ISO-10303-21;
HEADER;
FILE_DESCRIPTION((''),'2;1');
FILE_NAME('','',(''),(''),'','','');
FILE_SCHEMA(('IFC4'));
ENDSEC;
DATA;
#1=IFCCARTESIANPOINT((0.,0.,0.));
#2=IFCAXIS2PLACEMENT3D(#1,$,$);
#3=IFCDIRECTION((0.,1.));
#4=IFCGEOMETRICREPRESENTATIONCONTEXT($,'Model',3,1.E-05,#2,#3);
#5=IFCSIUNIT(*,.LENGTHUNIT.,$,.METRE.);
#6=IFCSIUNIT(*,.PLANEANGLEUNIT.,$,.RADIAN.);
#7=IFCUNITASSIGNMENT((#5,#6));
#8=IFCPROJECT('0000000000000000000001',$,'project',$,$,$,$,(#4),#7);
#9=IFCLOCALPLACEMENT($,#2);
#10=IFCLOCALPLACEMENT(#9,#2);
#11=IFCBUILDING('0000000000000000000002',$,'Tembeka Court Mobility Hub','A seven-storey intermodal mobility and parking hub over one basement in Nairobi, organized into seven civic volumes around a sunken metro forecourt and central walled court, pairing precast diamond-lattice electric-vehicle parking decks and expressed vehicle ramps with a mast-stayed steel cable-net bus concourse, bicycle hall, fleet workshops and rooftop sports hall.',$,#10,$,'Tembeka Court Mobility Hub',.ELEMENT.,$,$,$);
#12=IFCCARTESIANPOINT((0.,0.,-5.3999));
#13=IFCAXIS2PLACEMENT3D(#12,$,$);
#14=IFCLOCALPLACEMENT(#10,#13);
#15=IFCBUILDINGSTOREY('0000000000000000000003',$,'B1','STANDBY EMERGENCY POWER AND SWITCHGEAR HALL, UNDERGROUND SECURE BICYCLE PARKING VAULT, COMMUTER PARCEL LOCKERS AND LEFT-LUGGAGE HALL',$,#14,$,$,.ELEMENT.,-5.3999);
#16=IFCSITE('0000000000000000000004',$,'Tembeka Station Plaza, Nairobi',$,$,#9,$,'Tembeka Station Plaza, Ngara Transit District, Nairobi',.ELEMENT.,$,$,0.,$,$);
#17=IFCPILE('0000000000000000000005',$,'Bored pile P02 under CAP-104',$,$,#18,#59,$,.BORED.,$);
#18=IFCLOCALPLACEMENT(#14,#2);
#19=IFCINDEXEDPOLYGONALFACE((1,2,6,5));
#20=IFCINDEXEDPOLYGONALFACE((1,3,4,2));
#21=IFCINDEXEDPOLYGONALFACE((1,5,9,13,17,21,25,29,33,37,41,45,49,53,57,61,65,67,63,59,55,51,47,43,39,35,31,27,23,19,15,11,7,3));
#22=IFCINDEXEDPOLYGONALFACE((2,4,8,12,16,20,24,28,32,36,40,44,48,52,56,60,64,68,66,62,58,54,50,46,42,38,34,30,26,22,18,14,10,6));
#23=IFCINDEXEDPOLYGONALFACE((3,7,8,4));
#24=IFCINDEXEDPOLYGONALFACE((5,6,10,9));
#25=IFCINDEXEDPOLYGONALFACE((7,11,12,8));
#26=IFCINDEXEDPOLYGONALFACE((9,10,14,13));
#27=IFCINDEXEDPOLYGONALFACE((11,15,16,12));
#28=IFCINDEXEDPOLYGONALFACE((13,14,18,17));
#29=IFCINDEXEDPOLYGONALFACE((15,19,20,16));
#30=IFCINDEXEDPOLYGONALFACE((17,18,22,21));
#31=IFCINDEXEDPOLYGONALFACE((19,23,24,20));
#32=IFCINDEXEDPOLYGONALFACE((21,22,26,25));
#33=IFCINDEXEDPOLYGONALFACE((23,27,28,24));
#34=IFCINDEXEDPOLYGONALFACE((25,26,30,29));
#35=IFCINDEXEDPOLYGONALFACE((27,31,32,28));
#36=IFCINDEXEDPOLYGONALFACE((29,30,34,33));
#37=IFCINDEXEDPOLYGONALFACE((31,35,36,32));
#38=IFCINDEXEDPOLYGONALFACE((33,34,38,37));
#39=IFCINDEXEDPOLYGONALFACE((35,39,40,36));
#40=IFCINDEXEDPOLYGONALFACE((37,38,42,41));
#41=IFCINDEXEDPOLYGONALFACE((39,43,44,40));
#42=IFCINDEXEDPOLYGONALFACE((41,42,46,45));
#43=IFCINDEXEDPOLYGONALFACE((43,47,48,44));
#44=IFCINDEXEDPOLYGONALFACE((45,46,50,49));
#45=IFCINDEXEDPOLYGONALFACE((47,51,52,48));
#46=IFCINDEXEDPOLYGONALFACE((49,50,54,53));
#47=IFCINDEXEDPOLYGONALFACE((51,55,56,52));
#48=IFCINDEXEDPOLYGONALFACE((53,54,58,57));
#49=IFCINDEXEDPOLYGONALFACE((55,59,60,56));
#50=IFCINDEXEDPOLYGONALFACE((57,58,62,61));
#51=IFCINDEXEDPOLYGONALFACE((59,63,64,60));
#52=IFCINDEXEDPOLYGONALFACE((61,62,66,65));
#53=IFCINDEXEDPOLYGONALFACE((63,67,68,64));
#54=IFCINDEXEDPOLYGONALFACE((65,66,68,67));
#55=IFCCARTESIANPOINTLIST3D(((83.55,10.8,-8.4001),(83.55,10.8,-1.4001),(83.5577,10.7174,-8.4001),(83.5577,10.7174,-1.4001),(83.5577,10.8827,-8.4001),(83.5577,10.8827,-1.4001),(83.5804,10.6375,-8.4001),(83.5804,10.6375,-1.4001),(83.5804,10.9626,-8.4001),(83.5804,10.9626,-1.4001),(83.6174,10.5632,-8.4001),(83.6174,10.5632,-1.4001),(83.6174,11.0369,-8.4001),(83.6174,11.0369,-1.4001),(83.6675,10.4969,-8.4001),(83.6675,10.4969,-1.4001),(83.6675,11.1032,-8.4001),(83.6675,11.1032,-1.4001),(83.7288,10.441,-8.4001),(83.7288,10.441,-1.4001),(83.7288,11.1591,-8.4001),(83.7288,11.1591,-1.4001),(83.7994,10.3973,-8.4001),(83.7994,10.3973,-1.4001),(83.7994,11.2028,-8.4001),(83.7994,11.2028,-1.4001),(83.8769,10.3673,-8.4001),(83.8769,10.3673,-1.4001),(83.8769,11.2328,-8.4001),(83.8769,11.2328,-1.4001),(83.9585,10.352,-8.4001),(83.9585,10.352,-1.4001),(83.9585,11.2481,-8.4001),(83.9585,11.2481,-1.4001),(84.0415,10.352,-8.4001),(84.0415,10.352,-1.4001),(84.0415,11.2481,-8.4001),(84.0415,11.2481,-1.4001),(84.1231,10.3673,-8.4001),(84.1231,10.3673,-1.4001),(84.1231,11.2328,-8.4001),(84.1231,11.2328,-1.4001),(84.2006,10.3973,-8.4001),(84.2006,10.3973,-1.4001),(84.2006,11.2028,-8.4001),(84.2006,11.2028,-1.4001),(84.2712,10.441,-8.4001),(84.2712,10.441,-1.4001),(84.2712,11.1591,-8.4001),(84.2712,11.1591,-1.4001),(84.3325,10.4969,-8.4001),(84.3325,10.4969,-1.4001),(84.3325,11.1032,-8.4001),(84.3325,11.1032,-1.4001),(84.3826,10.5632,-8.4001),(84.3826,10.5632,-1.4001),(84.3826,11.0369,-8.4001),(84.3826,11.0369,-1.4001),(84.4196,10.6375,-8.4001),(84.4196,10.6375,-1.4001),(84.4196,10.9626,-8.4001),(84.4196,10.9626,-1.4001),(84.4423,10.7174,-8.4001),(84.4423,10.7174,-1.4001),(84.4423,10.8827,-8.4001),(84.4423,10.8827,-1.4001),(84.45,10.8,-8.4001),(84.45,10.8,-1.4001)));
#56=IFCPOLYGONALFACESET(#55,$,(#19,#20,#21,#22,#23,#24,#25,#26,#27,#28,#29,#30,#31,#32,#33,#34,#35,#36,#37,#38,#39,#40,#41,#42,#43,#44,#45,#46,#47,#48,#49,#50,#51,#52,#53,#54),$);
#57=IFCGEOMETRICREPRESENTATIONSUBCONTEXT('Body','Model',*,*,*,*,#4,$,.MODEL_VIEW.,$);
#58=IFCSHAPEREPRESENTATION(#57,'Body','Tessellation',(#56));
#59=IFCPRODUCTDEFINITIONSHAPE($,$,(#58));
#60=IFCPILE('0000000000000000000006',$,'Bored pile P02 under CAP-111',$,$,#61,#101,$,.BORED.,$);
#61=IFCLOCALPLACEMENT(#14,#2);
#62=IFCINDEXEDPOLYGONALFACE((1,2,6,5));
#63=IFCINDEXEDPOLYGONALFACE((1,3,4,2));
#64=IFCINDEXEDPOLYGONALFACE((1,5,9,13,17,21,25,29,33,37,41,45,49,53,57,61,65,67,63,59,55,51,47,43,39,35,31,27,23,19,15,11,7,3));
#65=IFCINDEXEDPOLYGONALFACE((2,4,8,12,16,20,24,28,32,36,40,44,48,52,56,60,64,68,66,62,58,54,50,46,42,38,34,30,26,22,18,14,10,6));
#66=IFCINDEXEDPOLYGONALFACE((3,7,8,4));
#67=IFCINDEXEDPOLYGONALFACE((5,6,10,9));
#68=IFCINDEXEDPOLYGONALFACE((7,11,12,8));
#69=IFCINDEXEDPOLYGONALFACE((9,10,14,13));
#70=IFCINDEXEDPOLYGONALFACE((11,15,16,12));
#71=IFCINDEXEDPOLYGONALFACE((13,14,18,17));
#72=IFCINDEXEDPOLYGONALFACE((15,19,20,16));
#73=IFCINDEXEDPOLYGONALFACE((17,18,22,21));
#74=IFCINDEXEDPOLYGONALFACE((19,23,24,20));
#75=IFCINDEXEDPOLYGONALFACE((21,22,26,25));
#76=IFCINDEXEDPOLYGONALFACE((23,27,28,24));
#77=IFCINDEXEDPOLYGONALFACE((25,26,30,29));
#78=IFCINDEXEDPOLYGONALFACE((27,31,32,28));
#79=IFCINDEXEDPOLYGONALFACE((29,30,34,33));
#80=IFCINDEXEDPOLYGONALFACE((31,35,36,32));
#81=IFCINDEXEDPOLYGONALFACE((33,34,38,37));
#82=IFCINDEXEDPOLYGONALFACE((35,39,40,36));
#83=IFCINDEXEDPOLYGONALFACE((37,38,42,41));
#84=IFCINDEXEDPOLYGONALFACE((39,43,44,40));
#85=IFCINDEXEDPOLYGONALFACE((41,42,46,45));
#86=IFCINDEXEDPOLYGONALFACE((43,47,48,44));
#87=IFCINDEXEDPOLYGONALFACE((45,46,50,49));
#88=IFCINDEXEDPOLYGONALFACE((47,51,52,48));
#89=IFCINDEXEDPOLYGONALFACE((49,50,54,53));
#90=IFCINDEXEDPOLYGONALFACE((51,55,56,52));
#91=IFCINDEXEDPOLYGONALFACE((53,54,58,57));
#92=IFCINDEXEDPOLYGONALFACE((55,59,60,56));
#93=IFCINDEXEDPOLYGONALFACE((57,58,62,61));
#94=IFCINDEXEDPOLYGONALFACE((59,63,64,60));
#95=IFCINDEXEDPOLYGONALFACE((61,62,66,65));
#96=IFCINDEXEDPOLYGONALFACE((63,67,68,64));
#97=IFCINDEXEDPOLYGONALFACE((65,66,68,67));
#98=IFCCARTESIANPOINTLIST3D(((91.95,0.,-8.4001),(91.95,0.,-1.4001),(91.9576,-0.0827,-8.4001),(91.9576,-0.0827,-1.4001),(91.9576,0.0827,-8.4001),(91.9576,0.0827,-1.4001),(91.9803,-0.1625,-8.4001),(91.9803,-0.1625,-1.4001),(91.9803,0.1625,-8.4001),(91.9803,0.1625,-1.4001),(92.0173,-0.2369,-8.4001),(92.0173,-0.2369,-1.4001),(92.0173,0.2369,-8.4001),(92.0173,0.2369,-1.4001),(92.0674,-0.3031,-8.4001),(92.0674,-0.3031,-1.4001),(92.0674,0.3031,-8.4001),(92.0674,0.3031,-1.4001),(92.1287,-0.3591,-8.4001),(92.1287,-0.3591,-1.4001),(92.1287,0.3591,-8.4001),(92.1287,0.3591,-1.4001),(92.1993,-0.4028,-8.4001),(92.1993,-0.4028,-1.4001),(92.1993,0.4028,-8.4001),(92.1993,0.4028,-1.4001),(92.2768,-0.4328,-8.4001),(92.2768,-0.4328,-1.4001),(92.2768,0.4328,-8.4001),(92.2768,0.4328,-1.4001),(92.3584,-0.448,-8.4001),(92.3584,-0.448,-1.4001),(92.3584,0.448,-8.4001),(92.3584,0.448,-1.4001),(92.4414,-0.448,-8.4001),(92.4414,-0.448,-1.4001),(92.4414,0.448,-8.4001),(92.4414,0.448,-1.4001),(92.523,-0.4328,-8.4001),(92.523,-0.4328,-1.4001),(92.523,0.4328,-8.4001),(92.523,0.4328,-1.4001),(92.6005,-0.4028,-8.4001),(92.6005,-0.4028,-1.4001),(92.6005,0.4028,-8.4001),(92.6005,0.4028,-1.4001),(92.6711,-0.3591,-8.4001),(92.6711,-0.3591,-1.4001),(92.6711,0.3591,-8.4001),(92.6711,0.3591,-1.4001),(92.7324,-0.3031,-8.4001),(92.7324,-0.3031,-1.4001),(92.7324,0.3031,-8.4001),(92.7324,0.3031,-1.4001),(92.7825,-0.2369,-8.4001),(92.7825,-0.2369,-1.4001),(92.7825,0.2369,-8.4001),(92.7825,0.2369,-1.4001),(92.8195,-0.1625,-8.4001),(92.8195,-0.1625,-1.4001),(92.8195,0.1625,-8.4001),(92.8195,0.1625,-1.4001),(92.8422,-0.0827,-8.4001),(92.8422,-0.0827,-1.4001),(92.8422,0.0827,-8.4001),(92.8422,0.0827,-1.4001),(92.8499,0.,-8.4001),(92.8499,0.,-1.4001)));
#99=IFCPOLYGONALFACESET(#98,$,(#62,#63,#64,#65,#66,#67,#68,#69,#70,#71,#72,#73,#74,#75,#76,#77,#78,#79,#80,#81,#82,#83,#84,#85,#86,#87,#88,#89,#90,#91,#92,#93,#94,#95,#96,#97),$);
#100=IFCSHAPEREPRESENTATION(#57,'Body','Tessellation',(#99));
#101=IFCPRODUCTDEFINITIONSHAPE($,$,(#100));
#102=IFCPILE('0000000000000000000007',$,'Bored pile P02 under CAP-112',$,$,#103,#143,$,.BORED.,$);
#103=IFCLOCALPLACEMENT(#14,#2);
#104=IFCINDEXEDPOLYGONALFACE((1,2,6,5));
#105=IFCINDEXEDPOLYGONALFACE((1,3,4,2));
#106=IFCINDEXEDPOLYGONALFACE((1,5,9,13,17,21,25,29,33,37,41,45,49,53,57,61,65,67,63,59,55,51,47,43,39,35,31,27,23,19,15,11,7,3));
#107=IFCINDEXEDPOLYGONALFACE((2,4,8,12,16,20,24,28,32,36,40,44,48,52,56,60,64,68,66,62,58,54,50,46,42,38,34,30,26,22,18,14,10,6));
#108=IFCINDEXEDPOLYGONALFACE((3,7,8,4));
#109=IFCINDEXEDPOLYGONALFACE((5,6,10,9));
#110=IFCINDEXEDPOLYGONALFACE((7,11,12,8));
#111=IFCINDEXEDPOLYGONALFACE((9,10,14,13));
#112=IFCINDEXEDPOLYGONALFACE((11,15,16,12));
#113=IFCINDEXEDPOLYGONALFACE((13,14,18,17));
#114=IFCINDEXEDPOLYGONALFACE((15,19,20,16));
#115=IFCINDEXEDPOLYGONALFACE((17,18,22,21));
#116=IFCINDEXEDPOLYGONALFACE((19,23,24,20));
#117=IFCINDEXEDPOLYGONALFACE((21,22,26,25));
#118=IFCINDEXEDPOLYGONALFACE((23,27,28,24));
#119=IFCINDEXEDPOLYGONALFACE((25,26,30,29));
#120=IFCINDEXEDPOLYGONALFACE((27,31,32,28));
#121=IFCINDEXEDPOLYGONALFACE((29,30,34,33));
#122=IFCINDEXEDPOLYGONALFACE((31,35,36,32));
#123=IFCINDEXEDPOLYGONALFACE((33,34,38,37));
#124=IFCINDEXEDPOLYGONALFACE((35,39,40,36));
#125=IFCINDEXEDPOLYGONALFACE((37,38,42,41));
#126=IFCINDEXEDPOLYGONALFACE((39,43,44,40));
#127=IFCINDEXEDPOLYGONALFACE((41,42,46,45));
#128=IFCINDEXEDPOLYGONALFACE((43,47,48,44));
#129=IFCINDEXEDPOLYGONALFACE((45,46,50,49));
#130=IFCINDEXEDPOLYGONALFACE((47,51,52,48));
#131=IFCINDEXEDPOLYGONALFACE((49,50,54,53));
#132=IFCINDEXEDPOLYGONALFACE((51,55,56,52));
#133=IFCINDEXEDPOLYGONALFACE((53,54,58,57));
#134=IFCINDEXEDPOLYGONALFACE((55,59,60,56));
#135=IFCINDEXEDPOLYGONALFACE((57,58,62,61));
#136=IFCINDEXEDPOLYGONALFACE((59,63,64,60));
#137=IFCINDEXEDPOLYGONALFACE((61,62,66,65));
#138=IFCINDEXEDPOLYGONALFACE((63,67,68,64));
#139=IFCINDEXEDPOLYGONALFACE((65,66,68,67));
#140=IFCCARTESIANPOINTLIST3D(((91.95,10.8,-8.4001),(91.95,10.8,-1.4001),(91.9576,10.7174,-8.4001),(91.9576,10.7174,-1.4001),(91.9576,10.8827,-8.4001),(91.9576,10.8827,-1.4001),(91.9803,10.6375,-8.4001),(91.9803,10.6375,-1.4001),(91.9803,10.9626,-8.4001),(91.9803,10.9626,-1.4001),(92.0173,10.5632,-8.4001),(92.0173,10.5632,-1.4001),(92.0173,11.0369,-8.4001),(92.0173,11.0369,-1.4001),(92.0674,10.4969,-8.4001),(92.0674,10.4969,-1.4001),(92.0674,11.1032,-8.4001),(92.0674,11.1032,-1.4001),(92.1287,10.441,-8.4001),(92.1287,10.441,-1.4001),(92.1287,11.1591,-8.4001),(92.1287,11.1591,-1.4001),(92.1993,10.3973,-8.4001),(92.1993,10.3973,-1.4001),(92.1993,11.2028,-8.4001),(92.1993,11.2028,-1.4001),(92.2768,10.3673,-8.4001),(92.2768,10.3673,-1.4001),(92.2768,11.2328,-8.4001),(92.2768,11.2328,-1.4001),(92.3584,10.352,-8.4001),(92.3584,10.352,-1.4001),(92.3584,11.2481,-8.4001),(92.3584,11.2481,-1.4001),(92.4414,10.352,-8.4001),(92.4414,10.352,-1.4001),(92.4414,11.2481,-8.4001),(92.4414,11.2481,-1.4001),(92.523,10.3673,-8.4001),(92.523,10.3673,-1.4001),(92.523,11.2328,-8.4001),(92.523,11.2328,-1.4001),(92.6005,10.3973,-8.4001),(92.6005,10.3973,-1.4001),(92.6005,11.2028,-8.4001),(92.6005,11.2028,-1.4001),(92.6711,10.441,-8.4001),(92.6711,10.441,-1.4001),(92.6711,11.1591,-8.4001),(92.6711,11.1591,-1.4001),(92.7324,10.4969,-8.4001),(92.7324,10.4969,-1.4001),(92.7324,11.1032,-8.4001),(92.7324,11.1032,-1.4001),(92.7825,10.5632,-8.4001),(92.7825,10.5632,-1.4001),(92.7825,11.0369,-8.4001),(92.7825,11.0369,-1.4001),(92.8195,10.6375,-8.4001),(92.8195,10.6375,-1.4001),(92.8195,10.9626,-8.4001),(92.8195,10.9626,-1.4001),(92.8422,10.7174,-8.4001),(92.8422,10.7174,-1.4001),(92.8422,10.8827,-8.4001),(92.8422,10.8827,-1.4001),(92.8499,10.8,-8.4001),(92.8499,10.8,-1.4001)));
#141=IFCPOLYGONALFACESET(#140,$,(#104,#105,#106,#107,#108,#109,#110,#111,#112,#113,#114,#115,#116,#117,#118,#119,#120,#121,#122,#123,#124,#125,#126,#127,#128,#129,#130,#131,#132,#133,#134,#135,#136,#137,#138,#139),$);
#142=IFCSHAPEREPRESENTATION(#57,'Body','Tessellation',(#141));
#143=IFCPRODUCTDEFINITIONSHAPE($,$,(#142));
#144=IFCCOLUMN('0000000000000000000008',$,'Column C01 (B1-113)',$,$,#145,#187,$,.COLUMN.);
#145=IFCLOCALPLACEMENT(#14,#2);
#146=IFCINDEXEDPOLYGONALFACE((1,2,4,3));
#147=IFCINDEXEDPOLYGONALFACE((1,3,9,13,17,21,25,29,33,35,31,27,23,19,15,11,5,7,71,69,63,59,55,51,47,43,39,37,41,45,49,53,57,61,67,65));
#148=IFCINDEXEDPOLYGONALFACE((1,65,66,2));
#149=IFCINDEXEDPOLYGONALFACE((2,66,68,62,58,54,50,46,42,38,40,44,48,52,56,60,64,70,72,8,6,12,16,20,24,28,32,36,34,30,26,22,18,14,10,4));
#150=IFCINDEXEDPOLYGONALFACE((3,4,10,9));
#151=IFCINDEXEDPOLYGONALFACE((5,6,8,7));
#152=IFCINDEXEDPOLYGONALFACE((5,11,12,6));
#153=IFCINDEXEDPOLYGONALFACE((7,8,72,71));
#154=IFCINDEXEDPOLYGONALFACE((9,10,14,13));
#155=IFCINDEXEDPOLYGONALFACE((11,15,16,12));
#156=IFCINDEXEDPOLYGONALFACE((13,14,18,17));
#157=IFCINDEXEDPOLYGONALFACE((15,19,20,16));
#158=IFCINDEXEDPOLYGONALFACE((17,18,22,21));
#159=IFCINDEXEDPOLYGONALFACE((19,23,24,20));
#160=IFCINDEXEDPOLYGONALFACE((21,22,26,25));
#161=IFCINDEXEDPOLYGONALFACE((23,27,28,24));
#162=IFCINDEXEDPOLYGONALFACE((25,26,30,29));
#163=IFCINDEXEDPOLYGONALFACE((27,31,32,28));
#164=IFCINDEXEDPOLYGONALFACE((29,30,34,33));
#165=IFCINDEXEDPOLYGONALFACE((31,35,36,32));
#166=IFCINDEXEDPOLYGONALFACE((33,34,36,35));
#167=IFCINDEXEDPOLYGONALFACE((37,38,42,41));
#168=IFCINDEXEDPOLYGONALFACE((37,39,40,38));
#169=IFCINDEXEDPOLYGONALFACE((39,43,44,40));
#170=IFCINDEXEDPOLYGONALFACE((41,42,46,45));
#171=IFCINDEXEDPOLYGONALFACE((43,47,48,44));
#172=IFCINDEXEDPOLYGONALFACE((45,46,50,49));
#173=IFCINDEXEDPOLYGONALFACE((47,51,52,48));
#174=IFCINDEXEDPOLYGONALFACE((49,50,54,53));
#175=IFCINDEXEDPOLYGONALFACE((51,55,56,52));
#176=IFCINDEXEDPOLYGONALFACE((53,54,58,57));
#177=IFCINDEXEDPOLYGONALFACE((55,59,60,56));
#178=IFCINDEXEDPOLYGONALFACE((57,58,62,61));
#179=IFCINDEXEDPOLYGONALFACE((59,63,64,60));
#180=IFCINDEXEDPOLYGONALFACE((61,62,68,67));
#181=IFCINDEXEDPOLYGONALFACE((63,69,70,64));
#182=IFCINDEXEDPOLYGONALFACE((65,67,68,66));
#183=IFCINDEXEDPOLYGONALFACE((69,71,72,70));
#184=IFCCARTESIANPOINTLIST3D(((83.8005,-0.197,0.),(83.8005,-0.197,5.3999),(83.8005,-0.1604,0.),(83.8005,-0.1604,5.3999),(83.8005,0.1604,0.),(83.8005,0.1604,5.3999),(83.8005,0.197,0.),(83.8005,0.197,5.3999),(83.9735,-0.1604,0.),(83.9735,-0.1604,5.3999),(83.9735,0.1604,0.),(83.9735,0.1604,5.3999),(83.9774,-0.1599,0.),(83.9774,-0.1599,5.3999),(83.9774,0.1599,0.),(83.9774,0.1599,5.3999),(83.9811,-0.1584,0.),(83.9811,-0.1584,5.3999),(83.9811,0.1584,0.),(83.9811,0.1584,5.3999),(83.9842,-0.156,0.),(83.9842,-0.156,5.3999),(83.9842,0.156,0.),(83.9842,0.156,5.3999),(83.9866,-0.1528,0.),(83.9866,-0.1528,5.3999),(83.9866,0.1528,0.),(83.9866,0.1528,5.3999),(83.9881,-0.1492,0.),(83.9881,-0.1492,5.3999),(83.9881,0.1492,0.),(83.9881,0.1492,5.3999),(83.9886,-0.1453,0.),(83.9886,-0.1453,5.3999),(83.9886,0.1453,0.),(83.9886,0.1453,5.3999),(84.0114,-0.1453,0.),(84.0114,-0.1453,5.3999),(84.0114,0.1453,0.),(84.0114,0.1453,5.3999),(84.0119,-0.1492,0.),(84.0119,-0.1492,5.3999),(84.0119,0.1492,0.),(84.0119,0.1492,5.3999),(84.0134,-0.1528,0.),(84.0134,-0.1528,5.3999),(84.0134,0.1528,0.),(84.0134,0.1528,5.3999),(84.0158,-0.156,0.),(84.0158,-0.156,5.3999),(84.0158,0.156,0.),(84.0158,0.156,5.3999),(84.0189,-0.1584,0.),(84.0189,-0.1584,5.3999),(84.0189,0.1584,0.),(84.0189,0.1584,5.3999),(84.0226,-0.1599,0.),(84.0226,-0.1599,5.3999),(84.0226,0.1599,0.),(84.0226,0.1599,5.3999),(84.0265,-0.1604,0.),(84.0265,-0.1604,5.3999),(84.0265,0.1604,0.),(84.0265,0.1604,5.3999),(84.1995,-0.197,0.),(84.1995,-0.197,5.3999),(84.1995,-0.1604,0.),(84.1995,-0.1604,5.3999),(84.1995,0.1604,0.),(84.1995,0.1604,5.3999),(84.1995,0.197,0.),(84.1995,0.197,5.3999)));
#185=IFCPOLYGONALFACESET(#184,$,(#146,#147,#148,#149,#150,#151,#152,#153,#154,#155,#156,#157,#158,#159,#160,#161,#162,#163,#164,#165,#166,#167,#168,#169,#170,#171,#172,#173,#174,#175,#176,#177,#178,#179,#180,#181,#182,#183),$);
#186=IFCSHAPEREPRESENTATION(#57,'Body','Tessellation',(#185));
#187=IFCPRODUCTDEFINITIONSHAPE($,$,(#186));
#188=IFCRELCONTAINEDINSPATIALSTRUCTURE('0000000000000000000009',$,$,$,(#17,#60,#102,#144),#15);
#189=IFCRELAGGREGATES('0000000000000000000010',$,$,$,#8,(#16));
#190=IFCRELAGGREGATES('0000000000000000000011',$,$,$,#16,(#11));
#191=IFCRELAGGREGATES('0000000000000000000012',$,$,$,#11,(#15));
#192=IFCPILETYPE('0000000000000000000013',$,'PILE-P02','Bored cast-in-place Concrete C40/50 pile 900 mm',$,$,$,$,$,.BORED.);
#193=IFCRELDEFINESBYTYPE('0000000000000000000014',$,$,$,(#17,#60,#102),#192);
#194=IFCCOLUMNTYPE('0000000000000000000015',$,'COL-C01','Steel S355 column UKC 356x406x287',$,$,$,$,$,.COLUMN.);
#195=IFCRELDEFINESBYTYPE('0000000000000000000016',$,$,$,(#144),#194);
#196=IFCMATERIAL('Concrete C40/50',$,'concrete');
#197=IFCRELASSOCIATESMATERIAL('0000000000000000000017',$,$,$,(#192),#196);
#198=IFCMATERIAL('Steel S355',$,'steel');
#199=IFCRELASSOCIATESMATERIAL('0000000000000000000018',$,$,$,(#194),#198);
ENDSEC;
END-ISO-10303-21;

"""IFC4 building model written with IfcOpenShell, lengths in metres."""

from ifc_helpers import new_model, si_unit, direction, frame, origin, origin_2d, place, context, subcontext, project, spatial, circle, i_section, extrude, material, material_profile, profile_set, type_object, element, save


model = new_model("IFC4")

# Units and contexts
model_context = context("Model", 3, precision=1e-05, world=origin(), true_north=direction((0.0, 1.0)))
body_context = subcontext(model_context, "Body", "Model", "MODEL_VIEW")
ifc_project = project(units=[si_unit("LENGTHUNIT", "METRE"), si_unit("PLANEANGLEUNIT", "RADIAN")], contexts=[model_context])

# Site, building, storey
site_placement = place(None, origin())
site = spatial("IfcSite", under=ifc_project, at=site_placement, Name="Tembeka Station Plaza, Nairobi", LongName="Tembeka Station Plaza, Ngara Transit District, Nairobi", CompositionType="ELEMENT", RefElevation=0.0)
building_placement = place(site_placement, origin())
building = spatial("IfcBuilding", under=site, at=building_placement, Name="Tembeka Court Mobility Hub", Description="A seven-storey intermodal mobility and parking hub over one basement in Nairobi, organized into seven civic volumes around a sunken metro forecourt and central walled court, pairing precast diamond-lattice electric-vehicle parking decks and expressed vehicle ramps with a mast-stayed steel cable-net bus concourse, bicycle hall, fleet workshops and rooftop sports hall.", LongName="Tembeka Court Mobility Hub", CompositionType="ELEMENT")
storey_placement = place(building_placement, frame((0.0, 0.0, -5.3999)))
storey = spatial("IfcBuildingStorey", under=building, at=storey_placement, Name="B1", Description="STANDBY EMERGENCY POWER AND SWITCHGEAR HALL, UNDERGROUND SECURE BICYCLE PARKING VAULT, COMMUTER PARCEL LOCKERS AND LEFT-LUGGAGE HALL", CompositionType="ELEMENT", Elevation=-5.3999)

# Shared definitions
ifc_material_1 = material(Name="Concrete C40/50", Category="concrete")

# Piles
ifc_material_profile_1 = material_profile(ifc_material_1, circle(Radius=0.45, at=origin_2d()), Name="PILE D900")
ifc_profile_set_1 = profile_set([ifc_material_profile_1], Name="Concrete C40/50")
pile_type = type_object("IfcPileType", Name="PILE-P02", Description="Bored cast-in-place Concrete C40/50 pile 900 mm", PredefinedType="BORED", material=ifc_profile_set_1)
for number, where, z_axis, x_axis, name in (
    (1, (84.0, 10.8, -1.4001), (0.0, 0.0, -1.0), (1.0, 0.0, 0.0), "Bored pile P02 under CAP-104"),
    (2, (92.3999, 0.0, -1.4001), (0.0, 0.0, -1.0), (1.0, 0.0, 0.0), "Bored pile P02 under CAP-111"),
    (3, (92.3999, 10.8, -1.4001), (0.0, 0.0, -1.0), (1.0, 0.0, 0.0), "Bored pile P02 under CAP-112"),
):
    element("IfcPile", number, at=place(storey_placement, frame(where, z_axis=z_axis, x_axis=x_axis)), inside=storey, type_object=pile_type, Name=name, PredefinedType="BORED", context=body_context, shape_type="SweptSolid", body=[
        extrude(circle(Radius=0.45, at=origin_2d()), origin(), (0.0, 0.0, 1.0), 7.0),
    ])

# Column
ifc_material_2 = material(Name="Steel S355", Category="steel")
ifc_material_profile_2 = material_profile(ifc_material_2, i_section(OverallWidth=0.3989, OverallDepth=0.394, WebThickness=0.0227, FlangeThickness=0.0366, FilletRadius=0.0151, at=origin_2d()), Name="UKC 356x406x287")
ifc_profile_set_2 = profile_set([ifc_material_profile_2], Name="Steel S355")
column_type = type_object("IfcColumnType", Name="COL-C01", Description="Steel S355 column UKC 356x406x287", PredefinedType="COLUMN", material=ifc_profile_set_2)
for number, where, z_axis, x_axis, name in (
    (4, (84.0, 0.0, 0.0), (0.0, 0.0, 1.0), (1.0, 0.0, 0.0), "Column C01 (B1-113)"),
):
    element("IfcColumn", number, at=place(storey_placement, frame(where, z_axis=z_axis, x_axis=x_axis)), inside=storey, type_object=column_type, Name=name, PredefinedType="COLUMN", context=body_context, shape_type="SweptSolid", body=[
        extrude(i_section(OverallWidth=0.3989, OverallDepth=0.394, WebThickness=0.0227, FlangeThickness=0.0366, FilletRadius=0.0151, at=origin_2d()), origin(), (0.0, 0.0, 1.0), 5.3999),
    ])

save(model, "model.ifc")
